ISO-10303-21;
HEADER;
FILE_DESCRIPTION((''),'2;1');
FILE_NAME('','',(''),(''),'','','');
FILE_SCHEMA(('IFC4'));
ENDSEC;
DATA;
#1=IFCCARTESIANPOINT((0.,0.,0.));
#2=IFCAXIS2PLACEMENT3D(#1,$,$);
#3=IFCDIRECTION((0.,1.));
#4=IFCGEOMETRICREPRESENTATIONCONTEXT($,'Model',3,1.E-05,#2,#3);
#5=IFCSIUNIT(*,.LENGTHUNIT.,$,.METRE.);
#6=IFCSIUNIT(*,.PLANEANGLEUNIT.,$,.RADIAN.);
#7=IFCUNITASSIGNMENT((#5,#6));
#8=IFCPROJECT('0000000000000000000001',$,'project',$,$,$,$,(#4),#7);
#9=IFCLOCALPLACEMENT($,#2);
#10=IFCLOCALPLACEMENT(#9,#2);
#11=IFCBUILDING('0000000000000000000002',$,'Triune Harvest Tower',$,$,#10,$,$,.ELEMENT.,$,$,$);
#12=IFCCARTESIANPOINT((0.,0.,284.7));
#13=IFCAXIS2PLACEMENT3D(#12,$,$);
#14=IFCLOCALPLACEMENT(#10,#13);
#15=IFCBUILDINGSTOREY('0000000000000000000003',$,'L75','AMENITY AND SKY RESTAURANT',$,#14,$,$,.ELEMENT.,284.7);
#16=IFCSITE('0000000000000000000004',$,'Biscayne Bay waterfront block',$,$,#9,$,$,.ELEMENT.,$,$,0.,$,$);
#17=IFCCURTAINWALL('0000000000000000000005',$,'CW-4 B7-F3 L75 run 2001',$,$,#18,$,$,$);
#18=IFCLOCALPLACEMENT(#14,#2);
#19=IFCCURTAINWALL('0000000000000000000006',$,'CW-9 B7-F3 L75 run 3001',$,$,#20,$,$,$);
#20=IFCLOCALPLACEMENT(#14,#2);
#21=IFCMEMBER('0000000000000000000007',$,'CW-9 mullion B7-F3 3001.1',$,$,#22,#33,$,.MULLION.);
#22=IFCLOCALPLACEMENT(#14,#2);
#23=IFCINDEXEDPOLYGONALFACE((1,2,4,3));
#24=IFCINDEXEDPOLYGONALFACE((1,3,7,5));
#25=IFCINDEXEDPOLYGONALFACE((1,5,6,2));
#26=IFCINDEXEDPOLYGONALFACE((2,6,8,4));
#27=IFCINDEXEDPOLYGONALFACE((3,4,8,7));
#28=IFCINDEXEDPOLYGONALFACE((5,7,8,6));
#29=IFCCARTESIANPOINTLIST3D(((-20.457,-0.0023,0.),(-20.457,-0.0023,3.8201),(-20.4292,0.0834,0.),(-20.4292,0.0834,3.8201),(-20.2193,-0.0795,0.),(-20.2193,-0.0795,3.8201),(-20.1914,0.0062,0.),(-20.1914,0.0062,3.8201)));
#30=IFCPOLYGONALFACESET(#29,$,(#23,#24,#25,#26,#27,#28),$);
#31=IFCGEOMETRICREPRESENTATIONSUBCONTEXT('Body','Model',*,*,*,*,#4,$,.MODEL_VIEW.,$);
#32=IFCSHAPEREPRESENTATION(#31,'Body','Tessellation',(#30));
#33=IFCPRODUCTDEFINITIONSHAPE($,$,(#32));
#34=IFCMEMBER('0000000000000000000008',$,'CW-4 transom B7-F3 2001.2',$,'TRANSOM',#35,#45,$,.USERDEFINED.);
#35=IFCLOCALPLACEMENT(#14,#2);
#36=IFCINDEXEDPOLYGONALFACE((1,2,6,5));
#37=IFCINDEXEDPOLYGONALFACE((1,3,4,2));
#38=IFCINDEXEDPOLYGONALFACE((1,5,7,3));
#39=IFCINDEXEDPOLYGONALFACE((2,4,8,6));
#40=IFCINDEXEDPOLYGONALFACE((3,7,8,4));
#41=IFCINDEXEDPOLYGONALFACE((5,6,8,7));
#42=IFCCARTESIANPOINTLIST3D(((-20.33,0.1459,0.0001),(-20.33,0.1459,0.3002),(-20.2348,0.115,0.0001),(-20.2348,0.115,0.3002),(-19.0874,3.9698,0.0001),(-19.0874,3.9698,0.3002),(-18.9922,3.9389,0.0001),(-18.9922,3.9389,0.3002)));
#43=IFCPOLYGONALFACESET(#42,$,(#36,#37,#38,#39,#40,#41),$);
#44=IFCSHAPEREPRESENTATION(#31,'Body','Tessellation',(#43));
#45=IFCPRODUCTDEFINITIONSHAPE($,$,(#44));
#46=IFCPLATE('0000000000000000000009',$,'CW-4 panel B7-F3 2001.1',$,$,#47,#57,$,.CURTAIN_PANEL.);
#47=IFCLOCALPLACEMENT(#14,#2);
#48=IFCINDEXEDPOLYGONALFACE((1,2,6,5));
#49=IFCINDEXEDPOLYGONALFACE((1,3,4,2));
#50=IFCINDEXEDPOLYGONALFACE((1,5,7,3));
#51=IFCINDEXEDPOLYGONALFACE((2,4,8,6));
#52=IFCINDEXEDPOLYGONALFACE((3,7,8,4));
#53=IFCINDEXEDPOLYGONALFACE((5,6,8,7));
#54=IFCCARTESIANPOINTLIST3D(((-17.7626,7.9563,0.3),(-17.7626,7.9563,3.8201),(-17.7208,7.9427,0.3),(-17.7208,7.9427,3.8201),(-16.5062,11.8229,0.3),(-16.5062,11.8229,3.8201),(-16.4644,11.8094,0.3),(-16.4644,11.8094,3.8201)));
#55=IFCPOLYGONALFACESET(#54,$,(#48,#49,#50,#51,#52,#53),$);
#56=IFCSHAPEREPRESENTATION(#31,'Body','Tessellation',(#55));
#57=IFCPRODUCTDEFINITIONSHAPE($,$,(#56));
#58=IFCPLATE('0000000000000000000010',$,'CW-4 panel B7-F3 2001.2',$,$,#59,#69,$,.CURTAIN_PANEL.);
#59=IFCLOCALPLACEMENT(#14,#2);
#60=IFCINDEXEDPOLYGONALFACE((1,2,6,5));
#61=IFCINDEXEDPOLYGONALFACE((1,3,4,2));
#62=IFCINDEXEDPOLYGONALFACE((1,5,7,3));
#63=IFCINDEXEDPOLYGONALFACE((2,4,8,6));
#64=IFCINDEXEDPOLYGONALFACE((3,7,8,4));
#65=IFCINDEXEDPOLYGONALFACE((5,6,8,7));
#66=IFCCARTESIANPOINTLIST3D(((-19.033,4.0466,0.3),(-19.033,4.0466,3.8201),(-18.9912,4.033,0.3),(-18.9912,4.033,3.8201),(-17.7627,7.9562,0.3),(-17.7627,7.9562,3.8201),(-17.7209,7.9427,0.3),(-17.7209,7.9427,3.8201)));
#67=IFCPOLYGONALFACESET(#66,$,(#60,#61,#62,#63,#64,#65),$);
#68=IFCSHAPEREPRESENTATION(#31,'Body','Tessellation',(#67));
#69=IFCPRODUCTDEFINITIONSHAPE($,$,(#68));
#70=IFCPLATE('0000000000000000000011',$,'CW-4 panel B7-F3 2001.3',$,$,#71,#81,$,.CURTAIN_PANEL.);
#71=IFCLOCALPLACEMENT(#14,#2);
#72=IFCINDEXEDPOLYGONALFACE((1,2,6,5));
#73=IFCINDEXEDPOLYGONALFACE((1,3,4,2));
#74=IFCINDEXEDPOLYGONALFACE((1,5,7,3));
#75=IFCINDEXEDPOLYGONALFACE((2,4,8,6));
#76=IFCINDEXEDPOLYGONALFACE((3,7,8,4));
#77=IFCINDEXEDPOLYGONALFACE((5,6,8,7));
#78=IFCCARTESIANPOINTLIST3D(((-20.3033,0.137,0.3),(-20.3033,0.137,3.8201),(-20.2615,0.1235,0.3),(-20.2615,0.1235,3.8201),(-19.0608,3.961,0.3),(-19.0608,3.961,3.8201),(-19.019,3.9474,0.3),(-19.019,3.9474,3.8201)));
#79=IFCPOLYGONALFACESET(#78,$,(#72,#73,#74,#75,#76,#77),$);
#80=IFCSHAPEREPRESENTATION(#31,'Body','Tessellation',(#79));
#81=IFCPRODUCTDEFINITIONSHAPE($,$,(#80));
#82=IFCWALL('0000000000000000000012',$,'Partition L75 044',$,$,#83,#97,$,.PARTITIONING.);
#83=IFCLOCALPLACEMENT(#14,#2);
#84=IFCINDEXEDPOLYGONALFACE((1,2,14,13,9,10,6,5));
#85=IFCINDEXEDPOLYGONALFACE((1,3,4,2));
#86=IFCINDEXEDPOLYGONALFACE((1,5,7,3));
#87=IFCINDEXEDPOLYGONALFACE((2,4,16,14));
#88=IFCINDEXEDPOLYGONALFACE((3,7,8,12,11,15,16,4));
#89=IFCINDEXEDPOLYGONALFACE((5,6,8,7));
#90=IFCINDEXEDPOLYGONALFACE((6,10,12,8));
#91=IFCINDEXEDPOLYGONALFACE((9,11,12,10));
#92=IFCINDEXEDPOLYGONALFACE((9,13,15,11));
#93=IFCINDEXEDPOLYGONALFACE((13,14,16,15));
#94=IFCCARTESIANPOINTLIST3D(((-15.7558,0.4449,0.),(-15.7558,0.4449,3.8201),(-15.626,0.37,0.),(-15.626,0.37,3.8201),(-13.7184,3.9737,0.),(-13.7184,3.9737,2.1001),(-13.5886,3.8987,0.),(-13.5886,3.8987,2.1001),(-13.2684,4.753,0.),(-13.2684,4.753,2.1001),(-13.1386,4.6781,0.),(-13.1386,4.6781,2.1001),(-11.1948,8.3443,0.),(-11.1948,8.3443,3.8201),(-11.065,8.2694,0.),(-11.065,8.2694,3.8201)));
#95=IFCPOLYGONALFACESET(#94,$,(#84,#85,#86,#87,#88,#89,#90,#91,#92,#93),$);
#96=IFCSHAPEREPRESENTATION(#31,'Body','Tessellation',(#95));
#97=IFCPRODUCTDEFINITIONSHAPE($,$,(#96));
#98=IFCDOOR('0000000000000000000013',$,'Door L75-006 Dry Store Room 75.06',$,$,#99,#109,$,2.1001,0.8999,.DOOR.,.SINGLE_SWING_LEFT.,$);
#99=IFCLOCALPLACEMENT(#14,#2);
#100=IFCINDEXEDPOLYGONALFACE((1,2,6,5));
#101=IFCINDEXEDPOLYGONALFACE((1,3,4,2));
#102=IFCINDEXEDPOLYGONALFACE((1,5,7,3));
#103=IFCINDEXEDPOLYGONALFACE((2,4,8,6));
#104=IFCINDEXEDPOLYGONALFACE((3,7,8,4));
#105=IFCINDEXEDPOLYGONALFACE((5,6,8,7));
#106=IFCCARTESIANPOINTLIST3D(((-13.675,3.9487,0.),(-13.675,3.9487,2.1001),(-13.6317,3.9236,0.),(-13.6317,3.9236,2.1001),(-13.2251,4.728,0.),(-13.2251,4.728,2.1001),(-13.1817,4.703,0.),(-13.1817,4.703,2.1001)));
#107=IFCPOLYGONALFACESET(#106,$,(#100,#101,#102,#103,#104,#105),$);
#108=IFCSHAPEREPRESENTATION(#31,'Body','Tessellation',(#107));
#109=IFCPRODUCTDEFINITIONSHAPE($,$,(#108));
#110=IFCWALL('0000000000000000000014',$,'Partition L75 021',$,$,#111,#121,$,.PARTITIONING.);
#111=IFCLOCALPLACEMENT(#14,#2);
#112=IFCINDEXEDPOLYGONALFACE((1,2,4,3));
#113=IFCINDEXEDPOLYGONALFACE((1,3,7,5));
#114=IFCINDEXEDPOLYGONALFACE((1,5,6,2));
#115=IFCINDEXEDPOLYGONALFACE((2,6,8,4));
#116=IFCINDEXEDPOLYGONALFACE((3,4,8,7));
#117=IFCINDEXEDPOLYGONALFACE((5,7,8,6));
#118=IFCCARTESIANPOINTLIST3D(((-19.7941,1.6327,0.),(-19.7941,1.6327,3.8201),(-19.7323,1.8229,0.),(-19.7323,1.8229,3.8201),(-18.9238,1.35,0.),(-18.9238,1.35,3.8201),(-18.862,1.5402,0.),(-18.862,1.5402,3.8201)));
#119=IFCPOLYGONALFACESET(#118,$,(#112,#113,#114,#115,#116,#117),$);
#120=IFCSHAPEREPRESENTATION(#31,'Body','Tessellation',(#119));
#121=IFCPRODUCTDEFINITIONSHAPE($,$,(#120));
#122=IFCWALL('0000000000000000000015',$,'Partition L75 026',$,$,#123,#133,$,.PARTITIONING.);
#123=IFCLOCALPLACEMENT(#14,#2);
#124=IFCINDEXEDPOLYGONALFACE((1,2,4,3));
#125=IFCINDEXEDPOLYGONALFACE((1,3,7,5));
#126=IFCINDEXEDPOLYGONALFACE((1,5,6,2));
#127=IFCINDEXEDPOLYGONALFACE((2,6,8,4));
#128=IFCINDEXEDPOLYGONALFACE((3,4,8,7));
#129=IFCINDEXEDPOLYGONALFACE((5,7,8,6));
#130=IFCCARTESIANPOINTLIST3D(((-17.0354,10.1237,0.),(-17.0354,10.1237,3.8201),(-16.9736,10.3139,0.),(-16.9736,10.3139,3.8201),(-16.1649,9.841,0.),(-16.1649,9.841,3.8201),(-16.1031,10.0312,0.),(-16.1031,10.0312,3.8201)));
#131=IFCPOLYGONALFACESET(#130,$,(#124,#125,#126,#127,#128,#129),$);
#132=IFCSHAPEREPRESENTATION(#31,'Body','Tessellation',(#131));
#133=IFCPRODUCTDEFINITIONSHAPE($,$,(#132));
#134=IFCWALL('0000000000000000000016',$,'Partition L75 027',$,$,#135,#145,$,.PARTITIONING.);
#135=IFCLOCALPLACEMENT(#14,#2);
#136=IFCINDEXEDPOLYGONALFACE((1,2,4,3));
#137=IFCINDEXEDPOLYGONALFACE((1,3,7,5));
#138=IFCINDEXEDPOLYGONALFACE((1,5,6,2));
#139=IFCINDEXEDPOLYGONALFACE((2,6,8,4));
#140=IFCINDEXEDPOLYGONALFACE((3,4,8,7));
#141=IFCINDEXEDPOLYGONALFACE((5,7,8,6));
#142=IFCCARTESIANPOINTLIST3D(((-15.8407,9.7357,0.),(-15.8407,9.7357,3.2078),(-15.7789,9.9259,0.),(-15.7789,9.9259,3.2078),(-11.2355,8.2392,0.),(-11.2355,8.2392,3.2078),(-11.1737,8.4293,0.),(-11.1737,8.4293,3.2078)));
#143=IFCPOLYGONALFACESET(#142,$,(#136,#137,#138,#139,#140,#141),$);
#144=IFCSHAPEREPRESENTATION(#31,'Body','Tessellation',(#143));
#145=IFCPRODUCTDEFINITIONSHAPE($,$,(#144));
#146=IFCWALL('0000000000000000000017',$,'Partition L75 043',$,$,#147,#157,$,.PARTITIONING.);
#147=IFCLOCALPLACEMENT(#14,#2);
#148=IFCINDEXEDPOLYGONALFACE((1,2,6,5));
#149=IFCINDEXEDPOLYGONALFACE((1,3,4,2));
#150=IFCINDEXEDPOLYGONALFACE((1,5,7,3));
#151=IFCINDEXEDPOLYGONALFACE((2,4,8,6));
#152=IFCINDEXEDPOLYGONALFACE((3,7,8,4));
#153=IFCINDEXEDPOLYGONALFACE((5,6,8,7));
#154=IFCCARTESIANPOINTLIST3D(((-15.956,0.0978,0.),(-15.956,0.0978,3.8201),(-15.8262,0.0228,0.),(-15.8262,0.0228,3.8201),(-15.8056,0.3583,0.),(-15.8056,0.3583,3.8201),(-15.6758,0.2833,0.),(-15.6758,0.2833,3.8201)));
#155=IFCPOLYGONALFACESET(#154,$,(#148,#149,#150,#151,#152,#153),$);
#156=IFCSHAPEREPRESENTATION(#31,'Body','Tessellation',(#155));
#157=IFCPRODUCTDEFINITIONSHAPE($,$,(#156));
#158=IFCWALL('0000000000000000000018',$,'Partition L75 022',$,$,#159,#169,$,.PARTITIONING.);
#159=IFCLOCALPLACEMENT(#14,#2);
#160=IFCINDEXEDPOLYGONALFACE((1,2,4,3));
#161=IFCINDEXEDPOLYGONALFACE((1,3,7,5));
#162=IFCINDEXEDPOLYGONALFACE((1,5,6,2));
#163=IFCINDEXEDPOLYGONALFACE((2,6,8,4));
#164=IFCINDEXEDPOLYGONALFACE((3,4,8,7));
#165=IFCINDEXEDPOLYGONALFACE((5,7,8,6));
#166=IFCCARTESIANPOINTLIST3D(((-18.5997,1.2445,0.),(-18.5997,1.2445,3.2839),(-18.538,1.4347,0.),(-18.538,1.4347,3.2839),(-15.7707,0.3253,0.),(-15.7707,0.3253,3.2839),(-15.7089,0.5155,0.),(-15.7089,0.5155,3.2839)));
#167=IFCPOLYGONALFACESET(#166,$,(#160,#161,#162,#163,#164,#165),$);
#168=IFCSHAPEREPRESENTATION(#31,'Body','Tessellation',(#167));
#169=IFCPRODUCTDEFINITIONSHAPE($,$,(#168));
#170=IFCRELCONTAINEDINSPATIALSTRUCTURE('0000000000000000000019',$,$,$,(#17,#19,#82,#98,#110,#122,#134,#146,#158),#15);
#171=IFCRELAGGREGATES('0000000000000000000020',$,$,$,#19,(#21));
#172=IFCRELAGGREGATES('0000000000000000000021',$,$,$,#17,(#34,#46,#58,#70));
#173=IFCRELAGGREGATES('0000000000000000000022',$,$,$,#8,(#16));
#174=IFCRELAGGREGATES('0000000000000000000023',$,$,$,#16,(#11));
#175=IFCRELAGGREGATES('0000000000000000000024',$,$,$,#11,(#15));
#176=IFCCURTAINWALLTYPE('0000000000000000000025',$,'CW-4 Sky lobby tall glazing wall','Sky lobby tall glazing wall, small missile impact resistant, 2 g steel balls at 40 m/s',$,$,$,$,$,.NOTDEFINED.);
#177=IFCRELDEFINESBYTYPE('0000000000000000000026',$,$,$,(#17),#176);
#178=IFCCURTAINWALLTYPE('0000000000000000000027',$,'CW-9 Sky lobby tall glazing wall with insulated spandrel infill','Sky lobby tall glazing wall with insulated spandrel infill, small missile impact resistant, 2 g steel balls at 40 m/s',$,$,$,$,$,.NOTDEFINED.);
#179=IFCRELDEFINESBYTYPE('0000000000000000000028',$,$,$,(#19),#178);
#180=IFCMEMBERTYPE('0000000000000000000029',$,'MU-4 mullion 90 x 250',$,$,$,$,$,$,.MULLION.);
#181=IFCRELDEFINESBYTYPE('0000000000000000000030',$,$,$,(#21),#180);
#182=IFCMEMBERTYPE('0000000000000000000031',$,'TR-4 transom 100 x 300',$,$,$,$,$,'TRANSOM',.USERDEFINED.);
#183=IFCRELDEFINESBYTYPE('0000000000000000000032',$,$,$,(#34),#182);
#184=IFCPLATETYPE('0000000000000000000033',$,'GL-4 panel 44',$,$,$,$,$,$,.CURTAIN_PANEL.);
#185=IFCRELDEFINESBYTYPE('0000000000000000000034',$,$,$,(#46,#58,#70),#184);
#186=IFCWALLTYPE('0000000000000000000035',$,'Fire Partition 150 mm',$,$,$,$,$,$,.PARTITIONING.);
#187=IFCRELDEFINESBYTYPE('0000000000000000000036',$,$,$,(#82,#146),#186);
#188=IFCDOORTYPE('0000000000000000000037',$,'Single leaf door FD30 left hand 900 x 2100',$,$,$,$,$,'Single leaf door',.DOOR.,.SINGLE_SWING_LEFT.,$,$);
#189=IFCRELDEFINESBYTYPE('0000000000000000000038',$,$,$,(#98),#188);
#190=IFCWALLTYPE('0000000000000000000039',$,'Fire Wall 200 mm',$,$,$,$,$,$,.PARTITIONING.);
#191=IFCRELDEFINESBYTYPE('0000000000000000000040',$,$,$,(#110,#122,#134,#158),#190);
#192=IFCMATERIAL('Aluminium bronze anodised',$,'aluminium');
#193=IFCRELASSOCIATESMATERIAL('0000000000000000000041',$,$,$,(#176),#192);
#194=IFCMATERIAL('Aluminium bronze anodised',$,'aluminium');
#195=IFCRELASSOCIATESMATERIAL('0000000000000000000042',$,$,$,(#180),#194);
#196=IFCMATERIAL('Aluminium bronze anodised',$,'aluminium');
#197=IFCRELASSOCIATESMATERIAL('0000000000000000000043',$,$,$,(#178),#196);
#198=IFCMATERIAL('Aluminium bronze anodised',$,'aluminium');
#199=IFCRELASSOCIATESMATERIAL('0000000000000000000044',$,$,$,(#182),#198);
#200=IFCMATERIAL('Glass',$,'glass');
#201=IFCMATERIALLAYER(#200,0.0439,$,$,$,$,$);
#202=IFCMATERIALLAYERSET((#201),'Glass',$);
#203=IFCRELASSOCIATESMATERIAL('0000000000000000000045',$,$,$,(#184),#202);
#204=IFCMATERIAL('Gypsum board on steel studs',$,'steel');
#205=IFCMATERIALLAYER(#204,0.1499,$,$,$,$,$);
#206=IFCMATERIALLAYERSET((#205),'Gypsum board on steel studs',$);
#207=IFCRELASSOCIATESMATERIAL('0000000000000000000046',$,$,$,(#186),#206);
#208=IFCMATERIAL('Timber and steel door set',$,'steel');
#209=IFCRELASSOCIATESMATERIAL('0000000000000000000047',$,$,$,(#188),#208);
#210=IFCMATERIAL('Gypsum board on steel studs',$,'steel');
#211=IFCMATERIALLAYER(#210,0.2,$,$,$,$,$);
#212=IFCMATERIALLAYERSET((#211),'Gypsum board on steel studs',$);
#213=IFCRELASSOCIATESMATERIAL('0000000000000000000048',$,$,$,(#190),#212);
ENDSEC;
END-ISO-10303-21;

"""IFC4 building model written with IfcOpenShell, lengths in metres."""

from ifc_helpers import new_model, si_unit, direction, frame, frame_2d, origin, origin_2d, place, context, subcontext, project, spatial, rectangle, extrude, source, transform, mapped, material, layer, layer_set, material_profile, profile_set, type_object, element, fill, aggregate, save


model = new_model("IFC4")

# Units and contexts
model_context = context("Model", 3, precision=1e-05, world=origin(), true_north=direction((0.0, 1.0)))
body_context = subcontext(model_context, "Body", "Model", "MODEL_VIEW")
ifc_project = project(units=[si_unit("LENGTHUNIT", "METRE"), si_unit("PLANEANGLEUNIT", "RADIAN")], contexts=[model_context])

# Site, building, storey
site_placement = place(None, origin())
site = spatial("IfcSite", under=ifc_project, at=site_placement, Name="Biscayne Bay waterfront block", CompositionType="ELEMENT", RefElevation=0.0)
building_placement = place(site_placement, origin())
building = spatial("IfcBuilding", under=site, at=building_placement, Name="Triune Harvest Tower", CompositionType="ELEMENT")
storey_placement = place(building_placement, frame((0.0, 0.0, 284.7)))
storey = spatial("IfcBuildingStorey", under=building, at=storey_placement, Name="L75", Description="AMENITY AND SKY RESTAURANT", CompositionType="ELEMENT", Elevation=284.7)

# Curtain wall
ifc_material_1 = material(Name="Aluminium bronze anodised", Category="aluminium")
curtain_wall_type_1 = type_object("IfcCurtainWallType", Name="CW-4 Sky lobby tall glazing wall", Description="Sky lobby tall glazing wall, small missile impact resistant, 2 g steel balls at 40 m/s", PredefinedType="NOTDEFINED", material=ifc_material_1)
curtain_wall_1_placement = place(storey_placement, origin())
curtain_wall_1 = element("IfcCurtainWall", 1, at=curtain_wall_1_placement, inside=storey, type_object=curtain_wall_type_1, Name="CW-4 B7-F3 L75 run 2001")
ifc_material_2 = material(Name="Aluminium bronze anodised", Category="aluminium")
ifc_material_profile_1 = material_profile(ifc_material_2, rectangle(XDim=0.25, YDim=0.0901, at=origin_2d()), Name="MU-4 mullion 90 x 250")
ifc_profile_set_1 = profile_set([ifc_material_profile_1], Name="Aluminium bronze anodised")
member_type_1 = type_object("IfcMemberType", Name="MU-4 mullion 90 x 250", PredefinedType="MULLION", material=ifc_profile_set_1)
shared_shape_1 = source(origin(), body_context, "Body", "SweptSolid", [
    extrude(rectangle(XDim=0.25, YDim=0.0901, at=origin_2d()), origin(), (0.0, 0.0, 1.0), 3.8201),
])

# Curtain wall, member
ifc_material_3 = material(Name="Aluminium bronze anodised", Category="aluminium")
curtain_wall_type_2 = type_object("IfcCurtainWallType", Name="CW-9 Sky lobby tall glazing wall with insulated spandrel infill", Description="Sky lobby tall glazing wall with insulated spandrel infill, small missile impact resistant, 2 g steel balls at 40 m/s", PredefinedType="NOTDEFINED", material=ifc_material_3)
curtain_wall_2_placement = place(storey_placement, origin())
curtain_wall_2 = element("IfcCurtainWall", 2, at=curtain_wall_2_placement, inside=storey, type_object=curtain_wall_type_2, Name="CW-9 B7-F3 L75 run 3001")
member_1_placement = place(storey_placement, frame((-20.3242, 0.002, 0.0), z_axis=(0.0, 0.0, 1.0), x_axis=(0.951057, -0.309014, 0.0)))
member_1 = element("IfcMember", 3, at=member_1_placement, type_object=member_type_1, Name="CW-9 mullion B7-F3 3001.1", PredefinedType="MULLION", context=body_context, shape_type="MappedRepresentation", body=[
    mapped(shared_shape_1, transform((0.0, 0.0, 0.0), scale=1.0)),
])
aggregate(curtain_wall_2, [member_1])

# Member
ifc_material_4 = material(Name="Aluminium bronze anodised", Category="aluminium")
ifc_material_profile_2 = material_profile(ifc_material_4, rectangle(XDim=0.1001, YDim=0.3, at=origin_2d()), Name="TR-4 transom 100 x 300")
ifc_profile_set_2 = profile_set([ifc_material_profile_2], Name="Aluminium bronze anodised")
member_type_2 = type_object("IfcMemberType", Name="TR-4 transom 100 x 300", ElementType="TRANSOM", PredefinedType="USERDEFINED", material=ifc_profile_set_2)
shared_shape_2 = source(origin(), body_context, "Body", "SweptSolid", [
    extrude(rectangle(XDim=0.1001, YDim=0.3, at=origin_2d()), origin(), (0.0, 0.0, 1.0), 4.0208),
])
member_2_placement = place(storey_placement, frame((-19.0398, 3.9543, 0.1501), z_axis=(-0.30906, -0.951043, 0.0), x_axis=(0.951043, -0.30906, 0.0)))
member_2 = element("IfcMember", 4, at=member_2_placement, type_object=member_type_2, Name="CW-4 transom B7-F3 2001.2", ObjectType="TRANSOM", PredefinedType="USERDEFINED", context=body_context, shape_type="MappedRepresentation", body=[
    mapped(shared_shape_2, transform((0.0, 0.0, 0.0), scale=1.0)),
])

# Plates
ifc_material_5 = material(Name="Glass", Category="glass")
ifc_layer_1 = layer(ifc_material_5, 0.0439)
ifc_layer_set_1 = layer_set([ifc_layer_1], Name="Glass")
plate_type = type_object("IfcPlateType", Name="GL-4 panel 44", PredefinedType="CURTAIN_PANEL", material=ifc_layer_set_1)
shared_shape_3 = source(origin(), body_context, "Body", "SweptSolid", [
    extrude(rectangle(XDim=4.0657, YDim=0.0439, at=origin_2d()), origin(), (0.0, 0.0, 1.0), 3.52),
])
plate_1_placement = place(storey_placement, frame((-17.1135, 9.8828, 0.3), z_axis=(0.0, 0.0, 1.0), x_axis=(-0.309024, -0.951054, 0.0)))
plate_1 = element("IfcPlate", 5, at=plate_1_placement, type_object=plate_type, Name="CW-4 panel B7-F3 2001.1", PredefinedType="CURTAIN_PANEL", context=body_context, shape_type="MappedRepresentation", body=[
    mapped(shared_shape_3, transform((0.0, 0.0, 0.0), scale=1.0)),
])
shared_shape_4 = source(origin(), body_context, "Body", "SweptSolid", [
    extrude(rectangle(XDim=4.1108, YDim=0.0439, at=origin_2d()), origin(), (0.0, 0.0, 1.0), 3.52),
])
plate_2_placement = place(storey_placement, frame((-18.377, 5.9946, 0.3), z_axis=(0.0, 0.0, 1.0), x_axis=(-0.309024, -0.951054, 0.0)))
plate_2 = element("IfcPlate", 6, at=plate_2_placement, type_object=plate_type, Name="CW-4 panel B7-F3 2001.2", PredefinedType="CURTAIN_PANEL", context=body_context, shape_type="MappedRepresentation", body=[
    mapped(shared_shape_4, transform((0.0, 0.0, 0.0), scale=1.0)),
])
shared_shape_5 = source(origin(), body_context, "Body", "SweptSolid", [
    extrude(rectangle(XDim=4.0208, YDim=0.0439, at=origin_2d()), origin(), (0.0, 0.0, 1.0), 3.52),
])
plate_3_placement = place(storey_placement, frame((-19.6611, 2.0422, 0.3), z_axis=(0.0, 0.0, 1.0), x_axis=(-0.309024, -0.951054, 0.0)))
plate_3 = element("IfcPlate", 7, at=plate_3_placement, type_object=plate_type, Name="CW-4 panel B7-F3 2001.3", PredefinedType="CURTAIN_PANEL", context=body_context, shape_type="MappedRepresentation", body=[
    mapped(shared_shape_5, transform((0.0, 0.0, 0.0), scale=1.0)),
])
aggregate(curtain_wall_1, [member_2, plate_1, plate_2, plate_3])

# Wall, opening, door
ifc_material_6 = material(Name="Gypsum board on steel studs", Category="steel")
ifc_layer_2 = layer(ifc_material_6, 0.1499)
ifc_layer_set_2 = layer_set([ifc_layer_2], Name="Gypsum board on steel studs")
wall_type_1 = type_object("IfcWallType", Name="Fire Partition 150 mm", PredefinedType="PARTITIONING", material=ifc_layer_set_2)
wall_1_placement = place(storey_placement, frame((-15.6909, 0.4075, 0.0), z_axis=(0.0, 0.0, 1.0), x_axis=(0.500025, 0.866011, 0.0)))
wall_1 = element("IfcWall", 8, at=wall_1_placement, inside=storey, type_object=wall_type_1, Name="Partition L75 044", PredefinedType="PARTITIONING", context=body_context, shape_type="SweptSolid", body=[
    extrude(rectangle(XDim=9.1216, YDim=0.1499, at=frame_2d((4.5608, 0.0))), origin(), (0.0, 0.0, 1.0), 3.8201),
])
opening_placement = place(wall_1_placement, frame((4.0747, 0.0, 0.0)))
opening = element("IfcOpeningElement", 9, at=opening_placement, cuts=wall_1, PredefinedType="OPENING", context=body_context, shape_type="SweptSolid", body=[
    extrude(rectangle(XDim=0.8999, YDim=2.1001, at=frame_2d((0.45, 1.05))), frame((0.0, 0.085, 0.0), z_axis=(0.0, -1.0, 0.0), x_axis=(1.0, 0.0, 0.0)), (0.0, 0.0, 1.0), 0.1699),
])
ifc_material_7 = material(Name="Timber and steel door set", Category="steel")
door_type = type_object("IfcDoorType", Name="Single leaf door FD30 left hand 900 x 2100", ElementType="Single leaf door", OperationType="SINGLE_SWING_LEFT", PredefinedType="DOOR", material=ifc_material_7)
door_placement = place(opening_placement, origin())
door = element("IfcDoor", 10, at=door_placement, inside=storey, type_object=door_type, Name="Door L75-006 Dry Store Room 75.06", OperationType="SINGLE_SWING_LEFT", OverallHeight=2.1001, OverallWidth=0.8999, PredefinedType="DOOR", context=body_context, shape_type="SweptSolid", body=[
    extrude(rectangle(XDim=0.8999, YDim=2.1001, at=frame_2d((0.45, 1.05))), frame((0.0, 0.0249, 0.0), z_axis=(0.0, -1.0, 0.0), x_axis=(1.0, 0.0, 0.0)), (0.0, 0.0, 1.0), 0.05),
])
fill(opening, door)

# Walls
ifc_material_8 = material(Name="Gypsum board on steel studs", Category="steel")
ifc_layer_3 = layer(ifc_material_8, 0.2)
ifc_layer_set_3 = layer_set([ifc_layer_3], Name="Gypsum board on steel studs")
wall_type_2 = type_object("IfcWallType", Name="Fire Wall 200 mm", PredefinedType="PARTITIONING", material=ifc_layer_set_3)
wall_2_placement = place(storey_placement, frame((-19.7632, 1.7278, 0.0), z_axis=(0.0, 0.0, 1.0), x_axis=(0.951083, -0.308935, 0.0)))
element("IfcWall", 11, at=wall_2_placement, inside=storey, type_object=wall_type_2, Name="Partition L75 021", PredefinedType="PARTITIONING", context=body_context, shape_type="SweptSolid", body=[
    extrude(rectangle(XDim=0.915, YDim=0.2, at=frame_2d((0.4575, 0.0))), origin(), (0.0, 0.0, 1.0), 3.8201),
])
shared_shape_6 = source(origin(), body_context, "Body", "SweptSolid", [
    extrude(rectangle(XDim=0.9153, YDim=0.2, at=frame_2d((0.4575, 0.0))), origin(), (0.0, 0.0, 1.0), 3.8201),
])
wall_3_placement = place(storey_placement, frame((-17.0044, 10.2188, 0.0), z_axis=(0.0, 0.0, 1.0), x_axis=(0.951109, -0.308857, 0.0)))
element("IfcWall", 12, at=wall_3_placement, inside=storey, type_object=wall_type_2, Name="Partition L75 026", PredefinedType="PARTITIONING", context=body_context, shape_type="MappedRepresentation", body=[
    mapped(shared_shape_6, transform((0.0, 0.0, 0.0), scale=1.0)),
])
shared_shape_7 = source(origin(), body_context, "Body", "SweptSolid", [
    extrude(rectangle(XDim=4.8423, YDim=0.2, at=frame_2d((2.4211, 0.0))), origin(), (0.0, 0.0, 1.0), 3.2078),
])
wall_4_placement = place(storey_placement, frame((-15.8098, 9.8308, 0.0), z_axis=(0.0, 0.0, 1.0), x_axis=(0.951041, -0.309064, 0.0)))
element("IfcWall", 13, at=wall_4_placement, inside=storey, type_object=wall_type_2, Name="Partition L75 027", PredefinedType="PARTITIONING", context=body_context, shape_type="MappedRepresentation", body=[
    mapped(shared_shape_7, transform((0.0, 0.0, 0.0), scale=1.0)),
])
shared_shape_8 = source(origin(), body_context, "Body", "SweptSolid", [
    extrude(rectangle(XDim=0.3008, YDim=0.1499, at=frame_2d((0.1504, 0.0))), origin(), (0.0, 0.0, 1.0), 3.8201),
])
wall_5_placement = place(storey_placement, frame((-15.8911, 0.0603, 0.0), z_axis=(0.0, 0.0, 1.0), x_axis=(0.49998, 0.866037, 0.0)))
element("IfcWall", 14, at=wall_5_placement, inside=storey, type_object=wall_type_1, Name="Partition L75 043", PredefinedType="PARTITIONING", context=body_context, shape_type="MappedRepresentation", body=[
    mapped(shared_shape_8, transform((0.0, 0.0, 0.0), scale=1.0)),
])
shared_shape_9 = source(origin(), body_context, "Body", "SweptSolid", [
    extrude(rectangle(XDim=2.9746, YDim=0.2, at=frame_2d((1.4873, 0.0))), origin(), (0.0, 0.0, 1.0), 3.2839),
])
wall_6_placement = place(storey_placement, frame((-18.5688, 1.3396, 0.0), z_axis=(0.0, 0.0, 1.0), x_axis=(0.951061, -0.309004, 0.0)))
element("IfcWall", 15, at=wall_6_placement, inside=storey, type_object=wall_type_2, Name="Partition L75 022", PredefinedType="PARTITIONING", context=body_context, shape_type="MappedRepresentation", body=[
    mapped(shared_shape_9, transform((0.0, 0.0, 0.0), scale=1.0)),
])

save(model, "model.ifc")
